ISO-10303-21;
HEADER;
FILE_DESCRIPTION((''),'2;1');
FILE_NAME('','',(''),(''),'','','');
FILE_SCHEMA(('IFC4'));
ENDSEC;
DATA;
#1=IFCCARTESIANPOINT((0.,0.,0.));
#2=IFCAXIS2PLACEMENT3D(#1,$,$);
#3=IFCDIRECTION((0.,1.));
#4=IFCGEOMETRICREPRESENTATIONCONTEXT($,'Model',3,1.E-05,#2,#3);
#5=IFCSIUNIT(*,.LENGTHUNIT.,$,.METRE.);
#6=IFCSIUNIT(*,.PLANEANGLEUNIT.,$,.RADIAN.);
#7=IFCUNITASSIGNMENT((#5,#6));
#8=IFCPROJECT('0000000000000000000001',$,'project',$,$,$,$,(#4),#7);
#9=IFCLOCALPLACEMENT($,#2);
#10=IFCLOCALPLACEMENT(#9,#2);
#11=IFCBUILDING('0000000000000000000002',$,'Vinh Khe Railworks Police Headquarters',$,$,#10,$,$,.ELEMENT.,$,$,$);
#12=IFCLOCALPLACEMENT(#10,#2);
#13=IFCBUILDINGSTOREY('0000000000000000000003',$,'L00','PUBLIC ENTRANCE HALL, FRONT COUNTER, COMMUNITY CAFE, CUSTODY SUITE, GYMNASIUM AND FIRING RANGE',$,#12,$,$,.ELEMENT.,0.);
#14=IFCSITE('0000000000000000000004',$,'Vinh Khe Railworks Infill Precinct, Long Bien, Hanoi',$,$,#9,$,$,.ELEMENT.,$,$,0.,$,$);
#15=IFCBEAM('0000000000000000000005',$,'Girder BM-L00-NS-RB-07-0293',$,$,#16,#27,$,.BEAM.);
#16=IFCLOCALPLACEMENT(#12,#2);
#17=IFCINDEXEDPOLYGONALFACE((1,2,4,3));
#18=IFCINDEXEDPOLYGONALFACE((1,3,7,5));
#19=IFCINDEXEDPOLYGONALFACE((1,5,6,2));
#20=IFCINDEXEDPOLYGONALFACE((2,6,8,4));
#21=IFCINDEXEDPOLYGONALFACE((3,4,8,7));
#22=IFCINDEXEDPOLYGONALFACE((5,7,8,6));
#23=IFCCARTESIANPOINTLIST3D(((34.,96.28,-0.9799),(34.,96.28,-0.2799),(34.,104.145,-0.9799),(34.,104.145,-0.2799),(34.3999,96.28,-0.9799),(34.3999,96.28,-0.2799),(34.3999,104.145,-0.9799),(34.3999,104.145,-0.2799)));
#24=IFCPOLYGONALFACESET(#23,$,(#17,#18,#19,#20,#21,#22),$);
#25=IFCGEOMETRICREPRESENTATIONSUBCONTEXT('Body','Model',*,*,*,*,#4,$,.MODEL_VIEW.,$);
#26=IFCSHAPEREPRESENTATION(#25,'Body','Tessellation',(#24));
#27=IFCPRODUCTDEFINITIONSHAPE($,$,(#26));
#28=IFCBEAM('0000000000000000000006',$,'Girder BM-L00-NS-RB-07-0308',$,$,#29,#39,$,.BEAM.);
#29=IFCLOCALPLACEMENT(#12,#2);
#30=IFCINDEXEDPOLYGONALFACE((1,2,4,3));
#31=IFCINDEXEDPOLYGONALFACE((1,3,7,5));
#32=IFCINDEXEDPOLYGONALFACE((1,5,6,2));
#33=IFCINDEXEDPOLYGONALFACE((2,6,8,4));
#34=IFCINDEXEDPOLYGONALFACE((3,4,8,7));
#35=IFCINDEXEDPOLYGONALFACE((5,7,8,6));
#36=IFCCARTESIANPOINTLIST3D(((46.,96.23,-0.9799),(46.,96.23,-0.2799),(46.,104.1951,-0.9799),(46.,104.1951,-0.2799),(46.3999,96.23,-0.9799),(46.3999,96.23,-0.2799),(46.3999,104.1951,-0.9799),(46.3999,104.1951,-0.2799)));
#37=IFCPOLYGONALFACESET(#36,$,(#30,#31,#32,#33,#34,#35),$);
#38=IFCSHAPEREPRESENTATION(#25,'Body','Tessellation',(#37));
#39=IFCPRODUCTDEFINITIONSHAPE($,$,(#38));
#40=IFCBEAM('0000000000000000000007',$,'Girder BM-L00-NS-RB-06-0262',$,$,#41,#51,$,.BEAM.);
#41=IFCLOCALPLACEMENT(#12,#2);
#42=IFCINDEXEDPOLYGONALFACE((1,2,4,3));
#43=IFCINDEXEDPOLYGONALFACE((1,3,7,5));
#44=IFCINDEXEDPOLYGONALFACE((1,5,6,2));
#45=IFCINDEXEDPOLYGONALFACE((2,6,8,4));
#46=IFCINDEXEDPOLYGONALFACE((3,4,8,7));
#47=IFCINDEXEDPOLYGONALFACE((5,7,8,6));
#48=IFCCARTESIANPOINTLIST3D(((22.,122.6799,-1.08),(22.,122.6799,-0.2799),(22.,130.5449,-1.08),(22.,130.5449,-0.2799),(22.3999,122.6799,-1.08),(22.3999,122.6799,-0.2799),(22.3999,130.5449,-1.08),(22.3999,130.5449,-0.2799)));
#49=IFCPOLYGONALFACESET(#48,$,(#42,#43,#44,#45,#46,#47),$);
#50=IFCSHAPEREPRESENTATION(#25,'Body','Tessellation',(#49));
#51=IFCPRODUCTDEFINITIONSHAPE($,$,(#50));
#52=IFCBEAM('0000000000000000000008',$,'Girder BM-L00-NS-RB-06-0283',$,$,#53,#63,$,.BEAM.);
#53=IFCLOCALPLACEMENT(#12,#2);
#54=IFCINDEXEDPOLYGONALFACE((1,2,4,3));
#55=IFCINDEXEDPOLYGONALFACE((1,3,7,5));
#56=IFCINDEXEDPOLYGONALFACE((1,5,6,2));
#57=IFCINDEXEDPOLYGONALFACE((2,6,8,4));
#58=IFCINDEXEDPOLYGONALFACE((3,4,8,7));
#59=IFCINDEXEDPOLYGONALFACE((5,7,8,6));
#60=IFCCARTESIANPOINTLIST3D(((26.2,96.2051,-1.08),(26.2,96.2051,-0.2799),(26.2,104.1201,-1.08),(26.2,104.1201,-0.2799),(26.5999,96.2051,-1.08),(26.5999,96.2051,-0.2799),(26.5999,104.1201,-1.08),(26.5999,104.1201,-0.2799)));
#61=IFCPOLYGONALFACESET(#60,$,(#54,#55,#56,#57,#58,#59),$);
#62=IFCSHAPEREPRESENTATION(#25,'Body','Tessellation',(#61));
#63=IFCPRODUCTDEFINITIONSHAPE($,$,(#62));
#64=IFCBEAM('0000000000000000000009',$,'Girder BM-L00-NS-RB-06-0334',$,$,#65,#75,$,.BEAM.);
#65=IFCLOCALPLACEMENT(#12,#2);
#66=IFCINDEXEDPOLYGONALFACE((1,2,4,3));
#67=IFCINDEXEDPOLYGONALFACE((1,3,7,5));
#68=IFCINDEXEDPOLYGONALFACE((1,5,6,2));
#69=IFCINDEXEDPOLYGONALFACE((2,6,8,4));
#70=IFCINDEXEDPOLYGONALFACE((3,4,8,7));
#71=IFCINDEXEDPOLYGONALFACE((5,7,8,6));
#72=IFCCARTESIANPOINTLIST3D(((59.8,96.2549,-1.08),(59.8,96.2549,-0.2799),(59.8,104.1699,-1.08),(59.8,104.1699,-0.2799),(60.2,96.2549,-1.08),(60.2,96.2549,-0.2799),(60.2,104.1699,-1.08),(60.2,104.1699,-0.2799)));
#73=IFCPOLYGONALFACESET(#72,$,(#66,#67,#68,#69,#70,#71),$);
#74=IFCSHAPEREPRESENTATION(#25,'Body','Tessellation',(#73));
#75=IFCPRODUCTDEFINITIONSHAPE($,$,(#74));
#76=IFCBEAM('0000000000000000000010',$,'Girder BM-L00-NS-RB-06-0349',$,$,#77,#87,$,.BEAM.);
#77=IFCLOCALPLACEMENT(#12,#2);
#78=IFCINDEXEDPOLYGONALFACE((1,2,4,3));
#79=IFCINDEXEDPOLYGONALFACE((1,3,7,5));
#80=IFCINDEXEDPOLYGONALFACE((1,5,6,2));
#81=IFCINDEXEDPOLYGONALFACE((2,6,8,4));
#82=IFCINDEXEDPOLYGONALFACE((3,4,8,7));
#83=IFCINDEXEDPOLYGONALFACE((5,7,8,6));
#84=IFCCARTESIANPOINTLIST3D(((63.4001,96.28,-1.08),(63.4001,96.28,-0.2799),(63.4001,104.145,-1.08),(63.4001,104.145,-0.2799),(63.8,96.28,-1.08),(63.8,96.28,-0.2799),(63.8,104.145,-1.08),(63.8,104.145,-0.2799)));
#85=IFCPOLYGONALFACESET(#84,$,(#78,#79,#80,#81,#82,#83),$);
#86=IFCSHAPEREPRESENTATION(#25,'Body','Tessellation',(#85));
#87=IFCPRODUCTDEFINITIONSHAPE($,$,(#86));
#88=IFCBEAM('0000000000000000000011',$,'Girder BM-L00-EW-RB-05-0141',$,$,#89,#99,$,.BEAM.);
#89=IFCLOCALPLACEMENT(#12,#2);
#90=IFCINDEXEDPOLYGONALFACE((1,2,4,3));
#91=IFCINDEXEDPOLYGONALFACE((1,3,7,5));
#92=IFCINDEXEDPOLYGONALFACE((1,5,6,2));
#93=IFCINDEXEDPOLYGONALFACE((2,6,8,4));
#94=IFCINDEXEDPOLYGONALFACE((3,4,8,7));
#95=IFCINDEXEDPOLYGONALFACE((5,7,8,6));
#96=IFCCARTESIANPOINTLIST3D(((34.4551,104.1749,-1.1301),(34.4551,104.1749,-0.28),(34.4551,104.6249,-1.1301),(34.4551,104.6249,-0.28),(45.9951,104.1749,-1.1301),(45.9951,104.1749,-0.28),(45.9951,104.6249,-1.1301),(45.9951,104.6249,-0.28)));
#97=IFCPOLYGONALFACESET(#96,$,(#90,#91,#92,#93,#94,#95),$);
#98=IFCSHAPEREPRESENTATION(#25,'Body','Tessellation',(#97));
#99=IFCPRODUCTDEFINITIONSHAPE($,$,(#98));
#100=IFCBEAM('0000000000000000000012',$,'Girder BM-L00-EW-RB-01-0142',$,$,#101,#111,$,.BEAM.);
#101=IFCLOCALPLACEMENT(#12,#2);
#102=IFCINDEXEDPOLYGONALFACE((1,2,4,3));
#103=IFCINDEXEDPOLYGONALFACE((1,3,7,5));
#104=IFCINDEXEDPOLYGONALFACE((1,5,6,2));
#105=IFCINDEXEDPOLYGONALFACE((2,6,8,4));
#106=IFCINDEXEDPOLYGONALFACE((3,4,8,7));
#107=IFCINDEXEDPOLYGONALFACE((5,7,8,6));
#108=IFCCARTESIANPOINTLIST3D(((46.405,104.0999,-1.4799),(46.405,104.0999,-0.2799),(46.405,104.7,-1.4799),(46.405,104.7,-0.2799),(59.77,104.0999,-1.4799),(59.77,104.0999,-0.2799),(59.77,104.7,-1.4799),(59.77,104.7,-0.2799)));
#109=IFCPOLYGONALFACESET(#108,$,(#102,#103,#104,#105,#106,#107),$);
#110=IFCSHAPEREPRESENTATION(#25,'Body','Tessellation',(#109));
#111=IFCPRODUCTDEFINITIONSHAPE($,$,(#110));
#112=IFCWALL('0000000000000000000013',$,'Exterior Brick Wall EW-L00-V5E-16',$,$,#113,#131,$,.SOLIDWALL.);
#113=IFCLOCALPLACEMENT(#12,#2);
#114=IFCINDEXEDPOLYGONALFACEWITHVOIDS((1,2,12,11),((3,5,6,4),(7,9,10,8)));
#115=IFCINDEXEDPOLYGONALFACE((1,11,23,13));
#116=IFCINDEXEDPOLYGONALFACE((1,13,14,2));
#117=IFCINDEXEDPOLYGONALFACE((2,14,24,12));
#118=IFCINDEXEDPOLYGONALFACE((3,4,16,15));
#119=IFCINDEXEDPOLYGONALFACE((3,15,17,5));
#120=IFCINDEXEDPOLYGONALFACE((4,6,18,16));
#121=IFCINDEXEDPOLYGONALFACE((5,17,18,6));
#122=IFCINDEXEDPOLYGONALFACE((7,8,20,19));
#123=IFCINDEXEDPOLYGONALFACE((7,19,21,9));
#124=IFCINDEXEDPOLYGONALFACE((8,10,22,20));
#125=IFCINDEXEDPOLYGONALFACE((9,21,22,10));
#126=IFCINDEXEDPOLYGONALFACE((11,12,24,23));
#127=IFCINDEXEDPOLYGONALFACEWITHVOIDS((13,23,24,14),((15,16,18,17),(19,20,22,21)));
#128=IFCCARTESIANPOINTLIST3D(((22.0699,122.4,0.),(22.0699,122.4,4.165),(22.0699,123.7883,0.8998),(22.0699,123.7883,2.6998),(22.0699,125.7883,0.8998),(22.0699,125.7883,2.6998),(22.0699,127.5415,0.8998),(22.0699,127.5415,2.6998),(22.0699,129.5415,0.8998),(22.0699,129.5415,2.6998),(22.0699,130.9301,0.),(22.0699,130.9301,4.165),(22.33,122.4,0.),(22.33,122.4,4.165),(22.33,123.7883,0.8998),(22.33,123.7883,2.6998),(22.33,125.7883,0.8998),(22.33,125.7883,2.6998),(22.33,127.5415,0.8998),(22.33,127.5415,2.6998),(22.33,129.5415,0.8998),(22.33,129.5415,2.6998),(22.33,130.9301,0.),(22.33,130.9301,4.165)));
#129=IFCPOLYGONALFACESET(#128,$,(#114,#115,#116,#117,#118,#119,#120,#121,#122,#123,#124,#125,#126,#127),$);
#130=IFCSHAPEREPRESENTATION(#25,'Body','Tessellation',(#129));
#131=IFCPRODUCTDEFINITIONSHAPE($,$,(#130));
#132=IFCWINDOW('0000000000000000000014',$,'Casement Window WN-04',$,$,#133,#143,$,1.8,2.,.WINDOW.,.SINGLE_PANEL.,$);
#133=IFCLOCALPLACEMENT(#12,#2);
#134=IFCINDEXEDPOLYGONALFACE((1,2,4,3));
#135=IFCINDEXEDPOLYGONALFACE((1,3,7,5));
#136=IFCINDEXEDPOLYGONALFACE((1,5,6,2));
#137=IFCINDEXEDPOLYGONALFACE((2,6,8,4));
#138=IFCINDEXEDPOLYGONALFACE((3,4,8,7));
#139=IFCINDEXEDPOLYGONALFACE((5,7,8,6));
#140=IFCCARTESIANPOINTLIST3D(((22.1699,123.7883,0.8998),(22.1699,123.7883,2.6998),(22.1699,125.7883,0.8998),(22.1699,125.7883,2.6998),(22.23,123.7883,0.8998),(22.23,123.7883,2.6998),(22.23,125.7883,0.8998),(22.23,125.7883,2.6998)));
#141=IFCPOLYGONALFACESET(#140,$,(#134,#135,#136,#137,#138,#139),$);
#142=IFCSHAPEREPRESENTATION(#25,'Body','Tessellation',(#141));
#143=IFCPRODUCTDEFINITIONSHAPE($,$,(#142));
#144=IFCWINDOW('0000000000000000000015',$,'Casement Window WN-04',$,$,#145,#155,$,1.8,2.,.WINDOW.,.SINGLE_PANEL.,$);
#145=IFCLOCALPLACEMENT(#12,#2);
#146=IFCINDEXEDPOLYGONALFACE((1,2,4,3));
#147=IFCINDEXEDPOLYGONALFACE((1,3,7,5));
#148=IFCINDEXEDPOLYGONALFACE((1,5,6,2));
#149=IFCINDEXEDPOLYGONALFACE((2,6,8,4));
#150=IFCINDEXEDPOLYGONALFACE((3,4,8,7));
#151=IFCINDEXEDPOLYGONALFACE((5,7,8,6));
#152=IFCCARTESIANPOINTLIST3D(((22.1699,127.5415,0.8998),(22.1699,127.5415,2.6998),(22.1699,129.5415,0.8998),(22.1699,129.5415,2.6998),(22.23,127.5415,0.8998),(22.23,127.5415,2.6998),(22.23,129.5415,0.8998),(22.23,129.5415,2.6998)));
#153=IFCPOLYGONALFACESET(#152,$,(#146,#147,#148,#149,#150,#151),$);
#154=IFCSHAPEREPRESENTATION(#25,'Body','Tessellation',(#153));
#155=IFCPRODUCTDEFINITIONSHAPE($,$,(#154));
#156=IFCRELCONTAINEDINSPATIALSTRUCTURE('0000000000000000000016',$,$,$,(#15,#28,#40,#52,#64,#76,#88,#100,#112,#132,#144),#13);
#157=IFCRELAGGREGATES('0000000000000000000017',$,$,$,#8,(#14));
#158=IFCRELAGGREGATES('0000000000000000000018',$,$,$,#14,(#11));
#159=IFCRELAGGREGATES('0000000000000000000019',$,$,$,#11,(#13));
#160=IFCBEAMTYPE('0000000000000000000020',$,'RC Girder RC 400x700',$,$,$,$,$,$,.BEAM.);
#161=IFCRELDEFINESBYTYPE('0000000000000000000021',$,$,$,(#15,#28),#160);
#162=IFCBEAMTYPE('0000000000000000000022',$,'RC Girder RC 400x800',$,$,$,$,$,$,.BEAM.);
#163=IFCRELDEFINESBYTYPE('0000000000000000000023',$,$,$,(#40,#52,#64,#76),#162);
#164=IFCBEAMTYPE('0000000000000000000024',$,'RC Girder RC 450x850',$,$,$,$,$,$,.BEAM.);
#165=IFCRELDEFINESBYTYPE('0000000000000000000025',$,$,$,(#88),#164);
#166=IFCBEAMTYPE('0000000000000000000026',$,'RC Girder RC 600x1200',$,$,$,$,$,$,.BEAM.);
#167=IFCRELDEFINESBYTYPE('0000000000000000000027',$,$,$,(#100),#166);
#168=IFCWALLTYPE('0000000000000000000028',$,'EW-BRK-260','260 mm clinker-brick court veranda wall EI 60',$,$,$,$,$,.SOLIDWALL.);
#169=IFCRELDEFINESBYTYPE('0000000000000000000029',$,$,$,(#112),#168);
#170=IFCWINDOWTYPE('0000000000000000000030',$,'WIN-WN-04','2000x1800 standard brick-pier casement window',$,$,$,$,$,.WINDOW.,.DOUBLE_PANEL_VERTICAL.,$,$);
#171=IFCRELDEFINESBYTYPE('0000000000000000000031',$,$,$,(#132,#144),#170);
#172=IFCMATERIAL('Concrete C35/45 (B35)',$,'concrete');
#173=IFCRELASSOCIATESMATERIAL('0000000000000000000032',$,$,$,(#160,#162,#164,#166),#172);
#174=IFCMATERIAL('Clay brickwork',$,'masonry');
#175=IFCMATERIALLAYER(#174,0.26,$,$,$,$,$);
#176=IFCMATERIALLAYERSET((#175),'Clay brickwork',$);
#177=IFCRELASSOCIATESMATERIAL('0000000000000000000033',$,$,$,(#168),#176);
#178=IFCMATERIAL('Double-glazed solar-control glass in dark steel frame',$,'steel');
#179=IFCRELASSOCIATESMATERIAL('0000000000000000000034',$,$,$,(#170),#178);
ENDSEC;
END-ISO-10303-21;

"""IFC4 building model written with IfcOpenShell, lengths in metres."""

from ifc_helpers import new_model, si_unit, direction, frame, frame_2d, origin, origin_2d, place, context, subcontext, project, spatial, rectangle, extrude, material, layer, layer_set, material_profile, profile_set, type_object, element, fill, save


model = new_model("IFC4")

# Units and contexts
model_context = context("Model", 3, precision=1e-05, world=origin(), true_north=direction((0.0, 1.0)))
body_context = subcontext(model_context, "Body", "Model", "MODEL_VIEW")
ifc_project = project(units=[si_unit("LENGTHUNIT", "METRE"), si_unit("PLANEANGLEUNIT", "RADIAN")], contexts=[model_context])

# Site, building, storey
site_placement = place(None, origin())
site = spatial("IfcSite", under=ifc_project, at=site_placement, Name="Vinh Khe Railworks Infill Precinct, Long Bien, Hanoi", CompositionType="ELEMENT", RefElevation=0.0)
building_placement = place(site_placement, origin())
building = spatial("IfcBuilding", under=site, at=building_placement, Name="Vinh Khe Railworks Police Headquarters", CompositionType="ELEMENT")
storey_placement = place(building_placement, origin())
storey = spatial("IfcBuildingStorey", under=building, at=storey_placement, Name="L00", Description="PUBLIC ENTRANCE HALL, FRONT COUNTER, COMMUNITY CAFE, CUSTODY SUITE, GYMNASIUM AND FIRING RANGE", CompositionType="ELEMENT", Elevation=0.0)

# Shared definitions
ifc_material_1 = material(Name="Concrete C35/45 (B35)", Category="concrete")

# Beams
ifc_material_profile_1 = material_profile(ifc_material_1, rectangle(XDim=0.3999, YDim=0.7, at=origin_2d()), Name="RC 400x700")
ifc_profile_set_1 = profile_set([ifc_material_profile_1], Name="Concrete C35/45 (B35)")
beam_type_1 = type_object("IfcBeamType", Name="RC Girder RC 400x700", PredefinedType="BEAM", material=ifc_profile_set_1)
beam_1_placement = place(storey_placement, frame((34.2, 96.28, -0.6299), z_axis=(0.0, 1.0, 0.0), x_axis=(-1.0, 0.0, 0.0)))
element("IfcBeam", 1, at=beam_1_placement, inside=storey, type_object=beam_type_1, Name="Girder BM-L00-NS-RB-07-0293", PredefinedType="BEAM", context=body_context, shape_type="SweptSolid", body=[
    extrude(rectangle(XDim=0.3999, YDim=0.7, at=origin_2d()), origin(), (0.0, 0.0, 1.0), 7.865),
])
beam_2_placement = place(storey_placement, frame((46.2, 96.23, -0.6299), z_axis=(0.0, 1.0, 0.0), x_axis=(-1.0, 0.0, 0.0)))
element("IfcBeam", 2, at=beam_2_placement, inside=storey, type_object=beam_type_1, Name="Girder BM-L00-NS-RB-07-0308", PredefinedType="BEAM", context=body_context, shape_type="SweptSolid", body=[
    extrude(rectangle(XDim=0.3999, YDim=0.7, at=origin_2d()), origin(), (0.0, 0.0, 1.0), 7.9651),
])
ifc_material_profile_2 = material_profile(ifc_material_1, rectangle(XDim=0.3999, YDim=0.8, at=origin_2d()), Name="RC 400x800")
ifc_profile_set_2 = profile_set([ifc_material_profile_2], Name="Concrete C35/45 (B35)")
beam_type_2 = type_object("IfcBeamType", Name="RC Girder RC 400x800", PredefinedType="BEAM", material=ifc_profile_set_2)
beam_3_placement = place(storey_placement, frame((22.2, 122.6799, -0.6799), z_axis=(0.0, 1.0, 0.0), x_axis=(-1.0, 0.0, 0.0)))
element("IfcBeam", 3, at=beam_3_placement, inside=storey, type_object=beam_type_2, Name="Girder BM-L00-NS-RB-06-0262", PredefinedType="BEAM", context=body_context, shape_type="SweptSolid", body=[
    extrude(rectangle(XDim=0.3999, YDim=0.8, at=origin_2d()), origin(), (0.0, 0.0, 1.0), 7.865),
])
for number, where, z_axis, x_axis, name in (
    (4, (26.3999, 96.2051, -0.6799), (0.0, 1.0, 0.0), (-1.0, 0.0, 0.0), "Girder BM-L00-NS-RB-06-0283"),
    (5, (60.0, 96.2549, -0.6799), (0.0, 1.0, 0.0), (-1.0, 0.0, 0.0), "Girder BM-L00-NS-RB-06-0334"),
):
    element("IfcBeam", number, at=place(storey_placement, frame(where, z_axis=z_axis, x_axis=x_axis)), inside=storey, type_object=beam_type_2, Name=name, PredefinedType="BEAM", context=body_context, shape_type="SweptSolid", body=[
        extrude(rectangle(XDim=0.3999, YDim=0.8, at=origin_2d()), origin(), (0.0, 0.0, 1.0), 7.915),
    ])
beam_4_placement = place(storey_placement, frame((63.6001, 96.28, -0.6799), z_axis=(0.0, 1.0, 0.0), x_axis=(-1.0, 0.0, 0.0)))
element("IfcBeam", 6, at=beam_4_placement, inside=storey, type_object=beam_type_2, Name="Girder BM-L00-NS-RB-06-0349", PredefinedType="BEAM", context=body_context, shape_type="SweptSolid", body=[
    extrude(rectangle(XDim=0.3999, YDim=0.8, at=origin_2d()), origin(), (0.0, 0.0, 1.0), 7.865),
])
ifc_material_profile_3 = material_profile(ifc_material_1, rectangle(XDim=0.45, YDim=0.8501, at=origin_2d()), Name="RC 450x850")
ifc_profile_set_3 = profile_set([ifc_material_profile_3], Name="Concrete C35/45 (B35)")
beam_type_3 = type_object("IfcBeamType", Name="RC Girder RC 450x850", PredefinedType="BEAM", material=ifc_profile_set_3)
beam_5_placement = place(storey_placement, frame((34.4551, 104.3999, -0.7051), z_axis=(1.0, 0.0, 0.0), x_axis=(0.0, 1.0, 0.0)))
element("IfcBeam", 7, at=beam_5_placement, inside=storey, type_object=beam_type_3, Name="Girder BM-L00-EW-RB-05-0141", PredefinedType="BEAM", context=body_context, shape_type="SweptSolid", body=[
    extrude(rectangle(XDim=0.45, YDim=0.8501, at=origin_2d()), origin(), (0.0, 0.0, 1.0), 11.54),
])
ifc_material_profile_4 = material_profile(ifc_material_1, rectangle(XDim=0.6001, YDim=1.2, at=origin_2d()), Name="RC 600x1200")
ifc_profile_set_4 = profile_set([ifc_material_profile_4], Name="Concrete C35/45 (B35)")
beam_type_4 = type_object("IfcBeamType", Name="RC Girder RC 600x1200", PredefinedType="BEAM", material=ifc_profile_set_4)
beam_6_placement = place(storey_placement, frame((46.405, 104.3999, -0.8799), z_axis=(1.0, 0.0, 0.0), x_axis=(0.0, 1.0, 0.0)))
element("IfcBeam", 8, at=beam_6_placement, inside=storey, type_object=beam_type_4, Name="Girder BM-L00-EW-RB-01-0142", PredefinedType="BEAM", context=body_context, shape_type="SweptSolid", body=[
    extrude(rectangle(XDim=0.6001, YDim=1.2, at=origin_2d()), origin(), (0.0, 0.0, 1.0), 13.365),
])

# Wall, openings, windows
ifc_material_2 = material(Name="Clay brickwork", Category="masonry")
ifc_layer_1 = layer(ifc_material_2, 0.26)
ifc_layer_set_1 = layer_set([ifc_layer_1], Name="Clay brickwork")
wall_type_1 = type_object("IfcWallType", Name="EW-BRK-260", Description="260 mm clinker-brick court veranda wall EI 60", PredefinedType="SOLIDWALL", material=ifc_layer_set_1)
wall_1_placement = place(storey_placement, frame((22.2, 122.3999, 0.0), z_axis=(0.0, 0.0, 1.0), x_axis=(0.0, 1.0, 0.0)))
wall_1 = element("IfcWall", 9, at=wall_1_placement, inside=storey, type_object=wall_type_1, Name="Exterior Brick Wall EW-L00-V5E-16", PredefinedType="SOLIDWALL", context=body_context, shape_type="SweptSolid", body=[
    extrude(rectangle(XDim=8.53, YDim=0.26, at=frame_2d((4.2651, 0.0))), origin(), (0.0, 0.0, 1.0), 4.165),
])
opening_1_placement = place(wall_1_placement, frame((1.3884, 0.0, 0.8999)))
opening_1 = element("IfcOpeningElement", 10, at=opening_1_placement, cuts=wall_1, PredefinedType="OPENING", context=body_context, shape_type="SweptSolid", body=[
    extrude(rectangle(XDim=2.0, YDim=1.8, at=frame_2d((1.0, 0.8999))), frame((0.0, 0.145, 0.0), z_axis=(0.0, -1.0, 0.0), x_axis=(1.0, 0.0, 0.0)), (0.0, 0.0, 1.0), 0.2898),
])
opening_2_placement = place(wall_1_placement, frame((5.1416, 0.0, 0.8999)))
opening_2 = element("IfcOpeningElement", 11, at=opening_2_placement, cuts=wall_1, PredefinedType="OPENING", context=body_context, shape_type="SweptSolid", body=[
    extrude(rectangle(XDim=2.0, YDim=1.8, at=frame_2d((1.0, 0.8999))), frame((0.0, 0.145, 0.0), z_axis=(0.0, -1.0, 0.0), x_axis=(1.0, 0.0, 0.0)), (0.0, 0.0, 1.0), 0.2898),
])
ifc_material_3 = material(Name="Double-glazed solar-control glass in dark steel frame", Category="steel")
window_type = type_object("IfcWindowType", Name="WIN-WN-04", Description="2000x1800 standard brick-pier casement window", PartitioningType="DOUBLE_PANEL_VERTICAL", PredefinedType="WINDOW", material=ifc_material_3)
window_1_placement = place(opening_1_placement, origin())
window_1 = element("IfcWindow", 12, at=window_1_placement, inside=storey, type_object=window_type, Name="Casement Window WN-04", OverallHeight=1.8, OverallWidth=2.0, PartitioningType="SINGLE_PANEL", PredefinedType="WINDOW", context=body_context, shape_type="SweptSolid", body=[
    extrude(rectangle(XDim=2.0, YDim=1.8, at=frame_2d((1.0, 0.8999))), frame((0.0, 0.03, 0.0), z_axis=(0.0, -1.0, 0.0), x_axis=(1.0, 0.0, 0.0)), (0.0, 0.0, 1.0), 0.0601),
])
fill(opening_1, window_1)
window_2_placement = place(opening_2_placement, origin())
window_2 = element("IfcWindow", 13, at=window_2_placement, inside=storey, type_object=window_type, Name="Casement Window WN-04", OverallHeight=1.8, OverallWidth=2.0, PartitioningType="SINGLE_PANEL", PredefinedType="WINDOW", context=body_context, shape_type="SweptSolid", body=[
    extrude(rectangle(XDim=2.0, YDim=1.8, at=frame_2d((1.0, 0.8999))), frame((0.0, 0.03, 0.0), z_axis=(0.0, -1.0, 0.0), x_axis=(1.0, 0.0, 0.0)), (0.0, 0.0, 1.0), 0.0601),
])
fill(opening_2, window_2)

save(model, "model.ifc")
